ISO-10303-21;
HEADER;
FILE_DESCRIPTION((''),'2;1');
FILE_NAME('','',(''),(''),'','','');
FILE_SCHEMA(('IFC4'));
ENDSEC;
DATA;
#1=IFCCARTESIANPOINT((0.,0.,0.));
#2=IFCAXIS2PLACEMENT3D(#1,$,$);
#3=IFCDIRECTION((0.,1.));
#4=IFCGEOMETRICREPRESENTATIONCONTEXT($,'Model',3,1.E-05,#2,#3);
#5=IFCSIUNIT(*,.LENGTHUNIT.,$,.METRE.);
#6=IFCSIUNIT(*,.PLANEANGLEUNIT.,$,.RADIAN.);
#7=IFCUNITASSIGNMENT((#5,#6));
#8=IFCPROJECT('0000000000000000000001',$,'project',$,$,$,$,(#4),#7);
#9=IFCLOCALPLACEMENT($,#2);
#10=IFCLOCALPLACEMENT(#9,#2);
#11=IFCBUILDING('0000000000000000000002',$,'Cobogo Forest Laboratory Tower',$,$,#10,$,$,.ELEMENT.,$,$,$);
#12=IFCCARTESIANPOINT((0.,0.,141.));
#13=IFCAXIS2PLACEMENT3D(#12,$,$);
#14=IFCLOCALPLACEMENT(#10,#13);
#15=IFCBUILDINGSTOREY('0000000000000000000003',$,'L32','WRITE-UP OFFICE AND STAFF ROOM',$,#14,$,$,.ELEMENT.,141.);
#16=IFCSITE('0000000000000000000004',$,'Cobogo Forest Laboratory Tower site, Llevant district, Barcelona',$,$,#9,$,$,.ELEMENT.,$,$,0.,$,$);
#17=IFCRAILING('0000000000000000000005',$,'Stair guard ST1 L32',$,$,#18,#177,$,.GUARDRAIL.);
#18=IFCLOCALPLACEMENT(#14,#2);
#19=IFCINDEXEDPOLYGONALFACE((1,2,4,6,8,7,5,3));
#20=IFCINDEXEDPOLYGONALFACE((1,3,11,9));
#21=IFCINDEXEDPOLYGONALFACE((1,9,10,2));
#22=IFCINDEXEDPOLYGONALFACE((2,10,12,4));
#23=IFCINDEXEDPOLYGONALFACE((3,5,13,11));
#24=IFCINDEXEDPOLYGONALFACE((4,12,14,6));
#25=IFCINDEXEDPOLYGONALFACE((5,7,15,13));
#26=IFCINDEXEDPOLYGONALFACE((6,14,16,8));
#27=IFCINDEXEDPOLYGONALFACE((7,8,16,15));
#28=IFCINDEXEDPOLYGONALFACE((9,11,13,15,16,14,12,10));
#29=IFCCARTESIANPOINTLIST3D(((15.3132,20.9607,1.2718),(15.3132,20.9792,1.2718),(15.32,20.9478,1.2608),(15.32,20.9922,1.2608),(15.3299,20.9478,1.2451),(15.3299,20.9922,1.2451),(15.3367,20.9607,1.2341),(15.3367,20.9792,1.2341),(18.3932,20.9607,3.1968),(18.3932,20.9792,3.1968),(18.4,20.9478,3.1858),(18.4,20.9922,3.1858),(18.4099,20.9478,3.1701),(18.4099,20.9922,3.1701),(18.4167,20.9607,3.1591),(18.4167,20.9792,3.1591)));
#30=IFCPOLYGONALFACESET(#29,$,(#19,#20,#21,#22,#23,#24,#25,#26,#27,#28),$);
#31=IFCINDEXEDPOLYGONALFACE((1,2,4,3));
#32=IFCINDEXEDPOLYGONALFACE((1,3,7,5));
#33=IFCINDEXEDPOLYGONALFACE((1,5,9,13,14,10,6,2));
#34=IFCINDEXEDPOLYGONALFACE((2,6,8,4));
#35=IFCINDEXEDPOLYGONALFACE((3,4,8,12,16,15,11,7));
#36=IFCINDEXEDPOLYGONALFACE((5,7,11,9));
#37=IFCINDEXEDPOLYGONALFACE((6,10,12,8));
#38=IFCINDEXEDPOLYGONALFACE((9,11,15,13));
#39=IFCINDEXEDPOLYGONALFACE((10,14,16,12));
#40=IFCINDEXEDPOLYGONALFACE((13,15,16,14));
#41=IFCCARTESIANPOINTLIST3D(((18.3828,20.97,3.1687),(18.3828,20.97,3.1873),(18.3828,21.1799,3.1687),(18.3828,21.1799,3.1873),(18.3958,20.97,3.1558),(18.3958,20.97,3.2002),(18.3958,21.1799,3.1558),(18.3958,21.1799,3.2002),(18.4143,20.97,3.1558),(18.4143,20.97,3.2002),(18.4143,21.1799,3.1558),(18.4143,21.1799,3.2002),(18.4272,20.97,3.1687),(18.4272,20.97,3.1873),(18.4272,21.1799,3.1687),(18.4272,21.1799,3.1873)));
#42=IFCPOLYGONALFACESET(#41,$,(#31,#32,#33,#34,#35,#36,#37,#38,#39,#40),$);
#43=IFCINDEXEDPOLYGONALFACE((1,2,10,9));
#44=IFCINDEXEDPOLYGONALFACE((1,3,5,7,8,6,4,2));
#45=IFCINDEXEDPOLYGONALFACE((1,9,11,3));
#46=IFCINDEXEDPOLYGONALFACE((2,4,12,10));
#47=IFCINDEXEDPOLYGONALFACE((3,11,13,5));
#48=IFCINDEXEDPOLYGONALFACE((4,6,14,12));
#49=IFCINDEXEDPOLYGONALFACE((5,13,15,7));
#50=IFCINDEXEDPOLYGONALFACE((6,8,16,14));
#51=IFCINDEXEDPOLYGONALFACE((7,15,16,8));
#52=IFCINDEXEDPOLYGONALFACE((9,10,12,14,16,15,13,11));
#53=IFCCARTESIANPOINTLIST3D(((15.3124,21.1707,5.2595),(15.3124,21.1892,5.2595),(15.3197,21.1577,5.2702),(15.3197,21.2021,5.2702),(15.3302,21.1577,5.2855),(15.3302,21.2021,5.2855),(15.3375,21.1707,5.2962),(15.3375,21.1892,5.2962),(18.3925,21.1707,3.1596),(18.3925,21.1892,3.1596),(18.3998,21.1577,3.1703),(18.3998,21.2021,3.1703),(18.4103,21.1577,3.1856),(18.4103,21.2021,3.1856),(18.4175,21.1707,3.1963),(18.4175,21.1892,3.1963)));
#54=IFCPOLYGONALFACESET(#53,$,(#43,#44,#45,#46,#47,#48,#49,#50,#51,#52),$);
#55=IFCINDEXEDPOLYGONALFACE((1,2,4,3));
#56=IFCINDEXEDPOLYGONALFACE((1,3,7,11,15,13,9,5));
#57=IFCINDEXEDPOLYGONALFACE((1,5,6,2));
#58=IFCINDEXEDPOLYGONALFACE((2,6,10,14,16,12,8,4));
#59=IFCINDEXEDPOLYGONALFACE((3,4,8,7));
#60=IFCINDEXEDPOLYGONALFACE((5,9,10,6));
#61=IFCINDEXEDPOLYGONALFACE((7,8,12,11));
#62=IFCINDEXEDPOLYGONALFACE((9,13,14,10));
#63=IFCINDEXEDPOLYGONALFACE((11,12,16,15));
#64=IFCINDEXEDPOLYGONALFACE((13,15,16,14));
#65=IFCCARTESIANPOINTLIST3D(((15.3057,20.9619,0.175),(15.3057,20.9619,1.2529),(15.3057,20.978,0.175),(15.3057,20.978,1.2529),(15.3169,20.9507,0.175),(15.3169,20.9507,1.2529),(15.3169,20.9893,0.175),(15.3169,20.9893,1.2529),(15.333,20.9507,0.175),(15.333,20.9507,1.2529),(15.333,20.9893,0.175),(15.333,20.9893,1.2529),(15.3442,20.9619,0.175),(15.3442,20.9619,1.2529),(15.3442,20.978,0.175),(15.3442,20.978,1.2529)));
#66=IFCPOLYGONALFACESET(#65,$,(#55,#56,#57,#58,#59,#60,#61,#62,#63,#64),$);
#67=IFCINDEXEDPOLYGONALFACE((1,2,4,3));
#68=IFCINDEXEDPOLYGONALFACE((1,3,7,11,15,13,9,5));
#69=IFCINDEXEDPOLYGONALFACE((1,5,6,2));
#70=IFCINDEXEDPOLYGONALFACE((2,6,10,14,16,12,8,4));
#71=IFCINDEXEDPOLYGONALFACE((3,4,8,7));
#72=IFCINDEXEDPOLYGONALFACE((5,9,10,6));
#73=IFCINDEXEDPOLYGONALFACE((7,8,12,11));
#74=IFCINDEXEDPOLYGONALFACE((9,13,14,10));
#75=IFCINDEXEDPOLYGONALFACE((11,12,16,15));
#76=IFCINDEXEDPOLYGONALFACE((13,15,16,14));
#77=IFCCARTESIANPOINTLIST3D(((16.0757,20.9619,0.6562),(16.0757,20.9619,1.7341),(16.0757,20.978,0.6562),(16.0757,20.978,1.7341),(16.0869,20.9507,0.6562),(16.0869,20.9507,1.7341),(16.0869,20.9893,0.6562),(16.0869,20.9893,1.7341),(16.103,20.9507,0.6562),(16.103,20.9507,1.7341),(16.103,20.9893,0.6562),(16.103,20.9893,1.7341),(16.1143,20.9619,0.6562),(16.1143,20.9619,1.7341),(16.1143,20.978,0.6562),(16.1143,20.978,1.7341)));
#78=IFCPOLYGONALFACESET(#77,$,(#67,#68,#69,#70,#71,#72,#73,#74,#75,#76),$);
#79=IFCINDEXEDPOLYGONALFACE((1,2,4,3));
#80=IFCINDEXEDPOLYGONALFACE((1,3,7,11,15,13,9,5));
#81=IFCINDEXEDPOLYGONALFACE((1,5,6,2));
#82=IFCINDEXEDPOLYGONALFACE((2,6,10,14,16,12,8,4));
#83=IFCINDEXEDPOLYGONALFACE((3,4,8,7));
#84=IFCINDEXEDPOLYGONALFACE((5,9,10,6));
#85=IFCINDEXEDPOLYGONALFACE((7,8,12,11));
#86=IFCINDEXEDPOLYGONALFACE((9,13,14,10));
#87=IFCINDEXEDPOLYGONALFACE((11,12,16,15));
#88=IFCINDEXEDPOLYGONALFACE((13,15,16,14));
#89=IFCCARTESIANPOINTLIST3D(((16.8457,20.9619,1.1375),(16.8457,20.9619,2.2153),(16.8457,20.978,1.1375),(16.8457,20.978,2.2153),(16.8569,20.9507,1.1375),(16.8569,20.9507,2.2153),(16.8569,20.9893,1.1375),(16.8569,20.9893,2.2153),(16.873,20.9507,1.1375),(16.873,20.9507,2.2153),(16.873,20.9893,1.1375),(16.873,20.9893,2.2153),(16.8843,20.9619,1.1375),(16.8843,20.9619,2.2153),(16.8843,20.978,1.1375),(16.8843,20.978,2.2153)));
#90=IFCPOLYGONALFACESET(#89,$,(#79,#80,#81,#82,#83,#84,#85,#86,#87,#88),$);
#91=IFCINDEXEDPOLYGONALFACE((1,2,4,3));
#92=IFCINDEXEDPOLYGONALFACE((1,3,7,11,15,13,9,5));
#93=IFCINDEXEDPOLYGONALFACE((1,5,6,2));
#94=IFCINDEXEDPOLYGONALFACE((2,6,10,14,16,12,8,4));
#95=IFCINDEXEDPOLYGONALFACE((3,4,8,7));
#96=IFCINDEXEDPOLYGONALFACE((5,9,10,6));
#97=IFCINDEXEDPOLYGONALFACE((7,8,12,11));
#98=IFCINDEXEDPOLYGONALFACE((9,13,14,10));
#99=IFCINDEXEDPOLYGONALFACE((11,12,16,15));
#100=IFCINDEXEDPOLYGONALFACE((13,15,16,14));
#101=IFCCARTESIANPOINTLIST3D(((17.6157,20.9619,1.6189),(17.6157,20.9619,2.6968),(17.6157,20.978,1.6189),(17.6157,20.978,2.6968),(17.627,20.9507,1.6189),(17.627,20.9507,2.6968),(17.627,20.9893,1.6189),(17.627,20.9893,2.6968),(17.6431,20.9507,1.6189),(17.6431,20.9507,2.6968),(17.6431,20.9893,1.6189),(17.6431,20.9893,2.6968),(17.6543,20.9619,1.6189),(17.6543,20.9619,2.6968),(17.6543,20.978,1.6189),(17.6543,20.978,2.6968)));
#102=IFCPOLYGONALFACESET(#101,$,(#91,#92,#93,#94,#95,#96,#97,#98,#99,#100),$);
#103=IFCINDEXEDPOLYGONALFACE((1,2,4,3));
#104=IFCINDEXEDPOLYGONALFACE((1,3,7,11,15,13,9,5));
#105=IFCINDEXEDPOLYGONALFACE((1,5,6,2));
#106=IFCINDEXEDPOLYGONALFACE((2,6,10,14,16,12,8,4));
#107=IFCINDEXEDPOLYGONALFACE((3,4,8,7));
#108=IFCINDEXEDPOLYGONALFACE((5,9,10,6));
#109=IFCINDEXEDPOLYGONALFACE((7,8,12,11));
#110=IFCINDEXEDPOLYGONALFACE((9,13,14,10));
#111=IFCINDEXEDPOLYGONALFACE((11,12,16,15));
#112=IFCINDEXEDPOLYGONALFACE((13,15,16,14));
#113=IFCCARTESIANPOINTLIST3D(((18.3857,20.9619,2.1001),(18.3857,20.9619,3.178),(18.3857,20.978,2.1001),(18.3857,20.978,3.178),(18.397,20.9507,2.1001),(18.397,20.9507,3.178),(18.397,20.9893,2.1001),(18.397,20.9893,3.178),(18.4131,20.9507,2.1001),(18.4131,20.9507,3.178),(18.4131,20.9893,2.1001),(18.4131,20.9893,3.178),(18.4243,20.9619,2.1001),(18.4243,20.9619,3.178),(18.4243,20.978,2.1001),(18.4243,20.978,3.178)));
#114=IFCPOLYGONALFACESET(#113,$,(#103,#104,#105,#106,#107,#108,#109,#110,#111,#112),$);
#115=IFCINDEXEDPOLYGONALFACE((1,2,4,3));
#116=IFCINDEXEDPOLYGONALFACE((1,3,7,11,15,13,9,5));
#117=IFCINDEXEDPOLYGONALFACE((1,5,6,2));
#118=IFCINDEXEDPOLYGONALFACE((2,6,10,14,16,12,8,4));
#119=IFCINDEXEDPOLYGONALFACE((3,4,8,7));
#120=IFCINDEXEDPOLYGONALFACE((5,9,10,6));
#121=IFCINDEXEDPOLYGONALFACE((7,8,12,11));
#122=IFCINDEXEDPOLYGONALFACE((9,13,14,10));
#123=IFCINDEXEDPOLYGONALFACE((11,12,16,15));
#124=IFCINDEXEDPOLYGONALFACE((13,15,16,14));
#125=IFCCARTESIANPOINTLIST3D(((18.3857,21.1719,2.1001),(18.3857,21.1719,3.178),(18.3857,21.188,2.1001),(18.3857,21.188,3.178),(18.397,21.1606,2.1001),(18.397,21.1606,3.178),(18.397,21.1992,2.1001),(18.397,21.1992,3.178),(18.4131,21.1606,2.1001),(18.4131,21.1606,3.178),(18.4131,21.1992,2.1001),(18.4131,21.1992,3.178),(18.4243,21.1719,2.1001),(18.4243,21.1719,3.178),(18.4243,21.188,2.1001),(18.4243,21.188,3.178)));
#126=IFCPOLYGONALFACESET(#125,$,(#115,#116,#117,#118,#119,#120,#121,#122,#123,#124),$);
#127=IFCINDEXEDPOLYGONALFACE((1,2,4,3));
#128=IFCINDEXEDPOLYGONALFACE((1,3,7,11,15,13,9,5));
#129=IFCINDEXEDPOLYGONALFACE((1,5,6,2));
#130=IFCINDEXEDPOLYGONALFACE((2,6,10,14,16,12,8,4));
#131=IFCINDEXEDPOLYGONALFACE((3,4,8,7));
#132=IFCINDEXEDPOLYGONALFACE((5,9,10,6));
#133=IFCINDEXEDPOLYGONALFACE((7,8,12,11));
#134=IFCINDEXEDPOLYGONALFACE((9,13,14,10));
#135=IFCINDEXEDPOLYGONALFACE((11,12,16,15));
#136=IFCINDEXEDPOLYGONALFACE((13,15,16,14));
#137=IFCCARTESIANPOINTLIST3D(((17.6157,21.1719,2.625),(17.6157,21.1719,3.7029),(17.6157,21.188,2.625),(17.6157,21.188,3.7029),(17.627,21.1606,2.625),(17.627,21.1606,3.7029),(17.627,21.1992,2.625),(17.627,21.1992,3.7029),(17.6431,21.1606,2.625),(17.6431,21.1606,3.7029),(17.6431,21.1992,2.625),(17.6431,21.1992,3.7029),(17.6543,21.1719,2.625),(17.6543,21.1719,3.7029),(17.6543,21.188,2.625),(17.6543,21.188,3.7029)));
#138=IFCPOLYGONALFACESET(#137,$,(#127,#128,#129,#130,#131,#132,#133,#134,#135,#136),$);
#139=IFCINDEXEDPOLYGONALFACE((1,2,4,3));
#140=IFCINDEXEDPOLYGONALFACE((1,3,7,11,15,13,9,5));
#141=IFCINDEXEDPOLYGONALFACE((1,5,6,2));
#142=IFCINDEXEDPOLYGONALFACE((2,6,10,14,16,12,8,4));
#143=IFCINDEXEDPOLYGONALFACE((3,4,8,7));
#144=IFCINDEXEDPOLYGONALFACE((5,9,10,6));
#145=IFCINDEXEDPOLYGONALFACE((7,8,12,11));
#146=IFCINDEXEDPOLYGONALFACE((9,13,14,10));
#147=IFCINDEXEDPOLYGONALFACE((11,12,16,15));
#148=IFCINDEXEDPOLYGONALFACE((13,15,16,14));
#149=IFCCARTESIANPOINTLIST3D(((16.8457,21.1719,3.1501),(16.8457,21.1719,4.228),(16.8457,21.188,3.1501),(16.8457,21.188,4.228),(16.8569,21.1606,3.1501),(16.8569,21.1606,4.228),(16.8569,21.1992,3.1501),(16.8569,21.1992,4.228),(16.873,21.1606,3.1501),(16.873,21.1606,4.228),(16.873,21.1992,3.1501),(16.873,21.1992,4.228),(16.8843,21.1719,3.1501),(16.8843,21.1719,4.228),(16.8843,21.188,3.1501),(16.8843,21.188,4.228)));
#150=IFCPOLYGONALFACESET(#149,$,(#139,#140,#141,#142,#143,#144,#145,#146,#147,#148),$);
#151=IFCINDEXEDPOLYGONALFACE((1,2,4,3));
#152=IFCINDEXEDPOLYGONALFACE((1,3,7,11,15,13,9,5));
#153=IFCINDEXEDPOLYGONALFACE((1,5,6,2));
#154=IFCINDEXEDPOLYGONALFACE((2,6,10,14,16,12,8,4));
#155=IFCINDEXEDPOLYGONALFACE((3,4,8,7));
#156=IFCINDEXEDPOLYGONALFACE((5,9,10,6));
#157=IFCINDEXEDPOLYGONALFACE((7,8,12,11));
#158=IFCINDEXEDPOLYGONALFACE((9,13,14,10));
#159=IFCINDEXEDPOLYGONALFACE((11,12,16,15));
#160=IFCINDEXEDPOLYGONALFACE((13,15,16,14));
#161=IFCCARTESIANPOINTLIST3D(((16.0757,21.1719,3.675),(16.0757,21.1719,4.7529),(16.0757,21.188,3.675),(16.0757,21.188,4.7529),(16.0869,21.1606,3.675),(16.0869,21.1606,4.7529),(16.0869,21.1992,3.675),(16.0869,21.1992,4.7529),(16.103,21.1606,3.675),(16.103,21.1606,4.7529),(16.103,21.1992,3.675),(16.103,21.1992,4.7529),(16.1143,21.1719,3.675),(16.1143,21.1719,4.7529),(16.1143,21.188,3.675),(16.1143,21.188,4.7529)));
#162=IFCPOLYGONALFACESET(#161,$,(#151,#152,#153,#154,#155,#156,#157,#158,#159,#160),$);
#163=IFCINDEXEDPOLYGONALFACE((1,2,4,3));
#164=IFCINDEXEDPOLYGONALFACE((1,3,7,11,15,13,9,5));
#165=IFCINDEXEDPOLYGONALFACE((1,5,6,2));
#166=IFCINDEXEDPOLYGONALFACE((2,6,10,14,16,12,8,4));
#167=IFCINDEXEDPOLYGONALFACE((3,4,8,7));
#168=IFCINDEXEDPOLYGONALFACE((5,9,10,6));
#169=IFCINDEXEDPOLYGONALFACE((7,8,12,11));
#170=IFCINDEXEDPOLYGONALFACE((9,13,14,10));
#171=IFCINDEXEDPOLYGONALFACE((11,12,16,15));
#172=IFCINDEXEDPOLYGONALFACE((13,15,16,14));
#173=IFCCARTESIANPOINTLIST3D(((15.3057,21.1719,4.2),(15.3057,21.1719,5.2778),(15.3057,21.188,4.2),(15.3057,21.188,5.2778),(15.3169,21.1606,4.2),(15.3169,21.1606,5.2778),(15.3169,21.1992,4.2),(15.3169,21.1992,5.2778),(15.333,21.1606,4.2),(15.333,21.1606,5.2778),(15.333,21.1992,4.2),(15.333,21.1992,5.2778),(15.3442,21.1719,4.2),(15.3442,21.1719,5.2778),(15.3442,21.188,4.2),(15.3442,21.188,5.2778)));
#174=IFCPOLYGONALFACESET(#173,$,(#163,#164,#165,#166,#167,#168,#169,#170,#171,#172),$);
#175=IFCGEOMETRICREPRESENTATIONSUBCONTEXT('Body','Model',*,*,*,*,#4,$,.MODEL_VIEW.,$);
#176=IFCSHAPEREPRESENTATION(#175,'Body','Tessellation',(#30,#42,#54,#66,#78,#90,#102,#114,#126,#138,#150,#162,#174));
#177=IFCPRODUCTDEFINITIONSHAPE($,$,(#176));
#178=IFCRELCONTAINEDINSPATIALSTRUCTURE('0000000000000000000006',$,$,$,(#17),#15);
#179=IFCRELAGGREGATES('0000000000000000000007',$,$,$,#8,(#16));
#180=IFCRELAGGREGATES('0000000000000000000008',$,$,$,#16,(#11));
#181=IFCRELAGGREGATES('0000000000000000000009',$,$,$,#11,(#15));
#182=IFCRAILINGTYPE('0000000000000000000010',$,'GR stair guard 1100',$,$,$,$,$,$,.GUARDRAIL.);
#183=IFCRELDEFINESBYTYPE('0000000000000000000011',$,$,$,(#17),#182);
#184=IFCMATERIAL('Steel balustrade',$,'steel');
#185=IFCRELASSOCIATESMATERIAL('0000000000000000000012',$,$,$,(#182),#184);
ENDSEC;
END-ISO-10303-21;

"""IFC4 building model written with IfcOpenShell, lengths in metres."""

from ifc_helpers import new_model, si_unit, direction, frame, origin, place, context, subcontext, project, spatial, polyline, outline, extrude, material, type_object, element, save


model = new_model("IFC4")

# Units and contexts
model_context = context("Model", 3, precision=1e-05, world=origin(), true_north=direction((0.0, 1.0)))
body_context = subcontext(model_context, "Body", "Model", "MODEL_VIEW")
ifc_project = project(units=[si_unit("LENGTHUNIT", "METRE"), si_unit("PLANEANGLEUNIT", "RADIAN")], contexts=[model_context])

# Site, building, storey
site_placement = place(None, origin())
site = spatial("IfcSite", under=ifc_project, at=site_placement, Name="Cobogo Forest Laboratory Tower site, Llevant district, Barcelona", CompositionType="ELEMENT", RefElevation=0.0)
building_placement = place(site_placement, origin())
building = spatial("IfcBuilding", under=site, at=building_placement, Name="Cobogo Forest Laboratory Tower", CompositionType="ELEMENT")
storey_placement = place(building_placement, frame((0.0, 0.0, 141.0)))
storey = spatial("IfcBuildingStorey", under=building, at=storey_placement, Name="L32", Description="WRITE-UP OFFICE AND STAFF ROOM", CompositionType="ELEMENT", Elevation=141.0)

# Railing
ifc_material_1 = material(Name="Steel balustrade", Category="steel")
railing_type_1 = type_object("IfcRailingType", Name="GR stair guard 1100", PredefinedType="GUARDRAIL", material=ifc_material_1)
railing_1_placement = place(storey_placement, frame((15.325, 20.97, 0.175)))
element("IfcRailing", 1, at=railing_1_placement, inside=storey, type_object=railing_type_1, Name="Stair guard ST1 L32", PredefinedType="GUARDRAIL", context=body_context, shape_type="SweptSolid", body=[
    extrude(outline(polyline([(0.0222, 0.0093), (0.0093, 0.0222), (-0.0093, 0.0222), (-0.0222, 0.0093), (-0.0222, -0.0093), (-0.0093, -0.0222), (0.0093, -0.0222), (0.0222, -0.0093), (0.0222, 0.0093)])), frame((0.0, 0.0, 1.0779), z_axis=(0.847998, 0.0, 0.529999), x_axis=(0.0, 1.0, 0.0)), (0.0, 0.0, 1.0), 3.6321),
    extrude(outline(polyline([(0.0222, 0.0093), (0.0093, 0.0222), (-0.0093, 0.0222), (-0.0222, 0.0093), (-0.0222, -0.0093), (-0.0093, -0.0222), (0.0093, -0.0222), (0.0222, -0.0093), (0.0222, 0.0093)])), frame((3.0801, 0.0, 3.0029), z_axis=(0.0, 1.0, 0.0), x_axis=(-1.0, 0.0, 0.0)), (0.0, 0.0, 1.0), 0.21),
    extrude(outline(polyline([(0.0222, 0.0093), (0.0093, 0.0222), (-0.0093, 0.0222), (-0.0222, 0.0093), (-0.0222, -0.0093), (-0.0093, -0.0222), (0.0093, -0.0222), (0.0222, -0.0093), (0.0222, 0.0093)])), frame((3.0801, 0.21, 3.0029), z_axis=(-0.826252, 0.0, 0.5633), x_axis=(0.0, -1.0, 0.0)), (0.0, 0.0, 1.0), 3.7278),
    extrude(outline(polyline([(0.0193, 0.0081), (0.0081, 0.0193), (-0.0081, 0.0193), (-0.0193, 0.0081), (-0.0193, -0.0081), (-0.0081, -0.0193), (0.0081, -0.0193), (0.0193, -0.0081), (0.0193, 0.0081)])), origin(), (0.0, 0.0, 1.0), 1.0779),
    extrude(outline(polyline([(0.0193, 0.0081), (0.0081, 0.0193), (-0.0081, 0.0193), (-0.0193, 0.0081), (-0.0193, -0.0081), (-0.0081, -0.0193), (0.0081, -0.0193), (0.0193, -0.0081), (0.0193, 0.0081)])), frame((0.77, 0.0, 0.4812)), (0.0, 0.0, 1.0), 1.0779),
    extrude(outline(polyline([(0.0193, 0.0081), (0.0081, 0.0193), (-0.0081, 0.0193), (-0.0193, 0.0081), (-0.0193, -0.0081), (-0.0081, -0.0193), (0.0081, -0.0193), (0.0193, -0.0081), (0.0193, 0.0081)])), frame((1.54, 0.0, 0.9624)), (0.0, 0.0, 1.0), 1.0779),
    extrude(outline(polyline([(0.0193, 0.0081), (0.0081, 0.0193), (-0.0081, 0.0193), (-0.0193, 0.0081), (-0.0193, -0.0081), (-0.0081, -0.0193), (0.0081, -0.0193), (0.0193, -0.0081), (0.0193, 0.0081)])), frame((2.3101, 0.0, 1.4438)), (0.0, 0.0, 1.0), 1.0779),
    extrude(outline(polyline([(0.0193, 0.0081), (0.0081, 0.0193), (-0.0081, 0.0193), (-0.0193, 0.0081), (-0.0193, -0.0081), (-0.0081, -0.0193), (0.0081, -0.0193), (0.0193, -0.0081), (0.0193, 0.0081)])), frame((3.0801, 0.0, 1.925)), (0.0, 0.0, 1.0), 1.0779),
    extrude(outline(polyline([(0.0193, 0.0081), (0.0081, 0.0193), (-0.0081, 0.0193), (-0.0193, 0.0081), (-0.0193, -0.0081), (-0.0081, -0.0193), (0.0081, -0.0193), (0.0193, -0.0081), (0.0193, 0.0081)])), frame((3.0801, 0.21, 1.925)), (0.0, 0.0, 1.0), 1.0779),
    extrude(outline(polyline([(0.0193, 0.0081), (0.0081, 0.0193), (-0.0081, 0.0193), (-0.0193, 0.0081), (-0.0193, -0.0081), (-0.0081, -0.0193), (0.0081, -0.0193), (0.0193, -0.0081), (0.0193, 0.0081)])), frame((2.3101, 0.21, 2.45)), (0.0, 0.0, 1.0), 1.0779),
    extrude(outline(polyline([(0.0193, 0.0081), (0.0081, 0.0193), (-0.0081, 0.0193), (-0.0193, 0.0081), (-0.0193, -0.0081), (-0.0081, -0.0193), (0.0081, -0.0193), (0.0193, -0.0081), (0.0193, 0.0081)])), frame((1.54, 0.21, 2.9751)), (0.0, 0.0, 1.0), 1.0779),
    extrude(outline(polyline([(0.0193, 0.0081), (0.0081, 0.0193), (-0.0081, 0.0193), (-0.0193, 0.0081), (-0.0193, -0.0081), (-0.0081, -0.0193), (0.0081, -0.0193), (0.0193, -0.0081), (0.0193, 0.0081)])), frame((0.77, 0.21, 3.5)), (0.0, 0.0, 1.0), 1.0779),
    extrude(outline(polyline([(0.0193, 0.0081), (0.0081, 0.0193), (-0.0081, 0.0193), (-0.0193, 0.0081), (-0.0193, -0.0081), (-0.0081, -0.0193), (0.0081, -0.0193), (0.0193, -0.0081), (0.0193, 0.0081)])), frame((0.0, 0.21, 4.0249)), (0.0, 0.0, 1.0), 1.0779),
])

save(model, "model.ifc")
